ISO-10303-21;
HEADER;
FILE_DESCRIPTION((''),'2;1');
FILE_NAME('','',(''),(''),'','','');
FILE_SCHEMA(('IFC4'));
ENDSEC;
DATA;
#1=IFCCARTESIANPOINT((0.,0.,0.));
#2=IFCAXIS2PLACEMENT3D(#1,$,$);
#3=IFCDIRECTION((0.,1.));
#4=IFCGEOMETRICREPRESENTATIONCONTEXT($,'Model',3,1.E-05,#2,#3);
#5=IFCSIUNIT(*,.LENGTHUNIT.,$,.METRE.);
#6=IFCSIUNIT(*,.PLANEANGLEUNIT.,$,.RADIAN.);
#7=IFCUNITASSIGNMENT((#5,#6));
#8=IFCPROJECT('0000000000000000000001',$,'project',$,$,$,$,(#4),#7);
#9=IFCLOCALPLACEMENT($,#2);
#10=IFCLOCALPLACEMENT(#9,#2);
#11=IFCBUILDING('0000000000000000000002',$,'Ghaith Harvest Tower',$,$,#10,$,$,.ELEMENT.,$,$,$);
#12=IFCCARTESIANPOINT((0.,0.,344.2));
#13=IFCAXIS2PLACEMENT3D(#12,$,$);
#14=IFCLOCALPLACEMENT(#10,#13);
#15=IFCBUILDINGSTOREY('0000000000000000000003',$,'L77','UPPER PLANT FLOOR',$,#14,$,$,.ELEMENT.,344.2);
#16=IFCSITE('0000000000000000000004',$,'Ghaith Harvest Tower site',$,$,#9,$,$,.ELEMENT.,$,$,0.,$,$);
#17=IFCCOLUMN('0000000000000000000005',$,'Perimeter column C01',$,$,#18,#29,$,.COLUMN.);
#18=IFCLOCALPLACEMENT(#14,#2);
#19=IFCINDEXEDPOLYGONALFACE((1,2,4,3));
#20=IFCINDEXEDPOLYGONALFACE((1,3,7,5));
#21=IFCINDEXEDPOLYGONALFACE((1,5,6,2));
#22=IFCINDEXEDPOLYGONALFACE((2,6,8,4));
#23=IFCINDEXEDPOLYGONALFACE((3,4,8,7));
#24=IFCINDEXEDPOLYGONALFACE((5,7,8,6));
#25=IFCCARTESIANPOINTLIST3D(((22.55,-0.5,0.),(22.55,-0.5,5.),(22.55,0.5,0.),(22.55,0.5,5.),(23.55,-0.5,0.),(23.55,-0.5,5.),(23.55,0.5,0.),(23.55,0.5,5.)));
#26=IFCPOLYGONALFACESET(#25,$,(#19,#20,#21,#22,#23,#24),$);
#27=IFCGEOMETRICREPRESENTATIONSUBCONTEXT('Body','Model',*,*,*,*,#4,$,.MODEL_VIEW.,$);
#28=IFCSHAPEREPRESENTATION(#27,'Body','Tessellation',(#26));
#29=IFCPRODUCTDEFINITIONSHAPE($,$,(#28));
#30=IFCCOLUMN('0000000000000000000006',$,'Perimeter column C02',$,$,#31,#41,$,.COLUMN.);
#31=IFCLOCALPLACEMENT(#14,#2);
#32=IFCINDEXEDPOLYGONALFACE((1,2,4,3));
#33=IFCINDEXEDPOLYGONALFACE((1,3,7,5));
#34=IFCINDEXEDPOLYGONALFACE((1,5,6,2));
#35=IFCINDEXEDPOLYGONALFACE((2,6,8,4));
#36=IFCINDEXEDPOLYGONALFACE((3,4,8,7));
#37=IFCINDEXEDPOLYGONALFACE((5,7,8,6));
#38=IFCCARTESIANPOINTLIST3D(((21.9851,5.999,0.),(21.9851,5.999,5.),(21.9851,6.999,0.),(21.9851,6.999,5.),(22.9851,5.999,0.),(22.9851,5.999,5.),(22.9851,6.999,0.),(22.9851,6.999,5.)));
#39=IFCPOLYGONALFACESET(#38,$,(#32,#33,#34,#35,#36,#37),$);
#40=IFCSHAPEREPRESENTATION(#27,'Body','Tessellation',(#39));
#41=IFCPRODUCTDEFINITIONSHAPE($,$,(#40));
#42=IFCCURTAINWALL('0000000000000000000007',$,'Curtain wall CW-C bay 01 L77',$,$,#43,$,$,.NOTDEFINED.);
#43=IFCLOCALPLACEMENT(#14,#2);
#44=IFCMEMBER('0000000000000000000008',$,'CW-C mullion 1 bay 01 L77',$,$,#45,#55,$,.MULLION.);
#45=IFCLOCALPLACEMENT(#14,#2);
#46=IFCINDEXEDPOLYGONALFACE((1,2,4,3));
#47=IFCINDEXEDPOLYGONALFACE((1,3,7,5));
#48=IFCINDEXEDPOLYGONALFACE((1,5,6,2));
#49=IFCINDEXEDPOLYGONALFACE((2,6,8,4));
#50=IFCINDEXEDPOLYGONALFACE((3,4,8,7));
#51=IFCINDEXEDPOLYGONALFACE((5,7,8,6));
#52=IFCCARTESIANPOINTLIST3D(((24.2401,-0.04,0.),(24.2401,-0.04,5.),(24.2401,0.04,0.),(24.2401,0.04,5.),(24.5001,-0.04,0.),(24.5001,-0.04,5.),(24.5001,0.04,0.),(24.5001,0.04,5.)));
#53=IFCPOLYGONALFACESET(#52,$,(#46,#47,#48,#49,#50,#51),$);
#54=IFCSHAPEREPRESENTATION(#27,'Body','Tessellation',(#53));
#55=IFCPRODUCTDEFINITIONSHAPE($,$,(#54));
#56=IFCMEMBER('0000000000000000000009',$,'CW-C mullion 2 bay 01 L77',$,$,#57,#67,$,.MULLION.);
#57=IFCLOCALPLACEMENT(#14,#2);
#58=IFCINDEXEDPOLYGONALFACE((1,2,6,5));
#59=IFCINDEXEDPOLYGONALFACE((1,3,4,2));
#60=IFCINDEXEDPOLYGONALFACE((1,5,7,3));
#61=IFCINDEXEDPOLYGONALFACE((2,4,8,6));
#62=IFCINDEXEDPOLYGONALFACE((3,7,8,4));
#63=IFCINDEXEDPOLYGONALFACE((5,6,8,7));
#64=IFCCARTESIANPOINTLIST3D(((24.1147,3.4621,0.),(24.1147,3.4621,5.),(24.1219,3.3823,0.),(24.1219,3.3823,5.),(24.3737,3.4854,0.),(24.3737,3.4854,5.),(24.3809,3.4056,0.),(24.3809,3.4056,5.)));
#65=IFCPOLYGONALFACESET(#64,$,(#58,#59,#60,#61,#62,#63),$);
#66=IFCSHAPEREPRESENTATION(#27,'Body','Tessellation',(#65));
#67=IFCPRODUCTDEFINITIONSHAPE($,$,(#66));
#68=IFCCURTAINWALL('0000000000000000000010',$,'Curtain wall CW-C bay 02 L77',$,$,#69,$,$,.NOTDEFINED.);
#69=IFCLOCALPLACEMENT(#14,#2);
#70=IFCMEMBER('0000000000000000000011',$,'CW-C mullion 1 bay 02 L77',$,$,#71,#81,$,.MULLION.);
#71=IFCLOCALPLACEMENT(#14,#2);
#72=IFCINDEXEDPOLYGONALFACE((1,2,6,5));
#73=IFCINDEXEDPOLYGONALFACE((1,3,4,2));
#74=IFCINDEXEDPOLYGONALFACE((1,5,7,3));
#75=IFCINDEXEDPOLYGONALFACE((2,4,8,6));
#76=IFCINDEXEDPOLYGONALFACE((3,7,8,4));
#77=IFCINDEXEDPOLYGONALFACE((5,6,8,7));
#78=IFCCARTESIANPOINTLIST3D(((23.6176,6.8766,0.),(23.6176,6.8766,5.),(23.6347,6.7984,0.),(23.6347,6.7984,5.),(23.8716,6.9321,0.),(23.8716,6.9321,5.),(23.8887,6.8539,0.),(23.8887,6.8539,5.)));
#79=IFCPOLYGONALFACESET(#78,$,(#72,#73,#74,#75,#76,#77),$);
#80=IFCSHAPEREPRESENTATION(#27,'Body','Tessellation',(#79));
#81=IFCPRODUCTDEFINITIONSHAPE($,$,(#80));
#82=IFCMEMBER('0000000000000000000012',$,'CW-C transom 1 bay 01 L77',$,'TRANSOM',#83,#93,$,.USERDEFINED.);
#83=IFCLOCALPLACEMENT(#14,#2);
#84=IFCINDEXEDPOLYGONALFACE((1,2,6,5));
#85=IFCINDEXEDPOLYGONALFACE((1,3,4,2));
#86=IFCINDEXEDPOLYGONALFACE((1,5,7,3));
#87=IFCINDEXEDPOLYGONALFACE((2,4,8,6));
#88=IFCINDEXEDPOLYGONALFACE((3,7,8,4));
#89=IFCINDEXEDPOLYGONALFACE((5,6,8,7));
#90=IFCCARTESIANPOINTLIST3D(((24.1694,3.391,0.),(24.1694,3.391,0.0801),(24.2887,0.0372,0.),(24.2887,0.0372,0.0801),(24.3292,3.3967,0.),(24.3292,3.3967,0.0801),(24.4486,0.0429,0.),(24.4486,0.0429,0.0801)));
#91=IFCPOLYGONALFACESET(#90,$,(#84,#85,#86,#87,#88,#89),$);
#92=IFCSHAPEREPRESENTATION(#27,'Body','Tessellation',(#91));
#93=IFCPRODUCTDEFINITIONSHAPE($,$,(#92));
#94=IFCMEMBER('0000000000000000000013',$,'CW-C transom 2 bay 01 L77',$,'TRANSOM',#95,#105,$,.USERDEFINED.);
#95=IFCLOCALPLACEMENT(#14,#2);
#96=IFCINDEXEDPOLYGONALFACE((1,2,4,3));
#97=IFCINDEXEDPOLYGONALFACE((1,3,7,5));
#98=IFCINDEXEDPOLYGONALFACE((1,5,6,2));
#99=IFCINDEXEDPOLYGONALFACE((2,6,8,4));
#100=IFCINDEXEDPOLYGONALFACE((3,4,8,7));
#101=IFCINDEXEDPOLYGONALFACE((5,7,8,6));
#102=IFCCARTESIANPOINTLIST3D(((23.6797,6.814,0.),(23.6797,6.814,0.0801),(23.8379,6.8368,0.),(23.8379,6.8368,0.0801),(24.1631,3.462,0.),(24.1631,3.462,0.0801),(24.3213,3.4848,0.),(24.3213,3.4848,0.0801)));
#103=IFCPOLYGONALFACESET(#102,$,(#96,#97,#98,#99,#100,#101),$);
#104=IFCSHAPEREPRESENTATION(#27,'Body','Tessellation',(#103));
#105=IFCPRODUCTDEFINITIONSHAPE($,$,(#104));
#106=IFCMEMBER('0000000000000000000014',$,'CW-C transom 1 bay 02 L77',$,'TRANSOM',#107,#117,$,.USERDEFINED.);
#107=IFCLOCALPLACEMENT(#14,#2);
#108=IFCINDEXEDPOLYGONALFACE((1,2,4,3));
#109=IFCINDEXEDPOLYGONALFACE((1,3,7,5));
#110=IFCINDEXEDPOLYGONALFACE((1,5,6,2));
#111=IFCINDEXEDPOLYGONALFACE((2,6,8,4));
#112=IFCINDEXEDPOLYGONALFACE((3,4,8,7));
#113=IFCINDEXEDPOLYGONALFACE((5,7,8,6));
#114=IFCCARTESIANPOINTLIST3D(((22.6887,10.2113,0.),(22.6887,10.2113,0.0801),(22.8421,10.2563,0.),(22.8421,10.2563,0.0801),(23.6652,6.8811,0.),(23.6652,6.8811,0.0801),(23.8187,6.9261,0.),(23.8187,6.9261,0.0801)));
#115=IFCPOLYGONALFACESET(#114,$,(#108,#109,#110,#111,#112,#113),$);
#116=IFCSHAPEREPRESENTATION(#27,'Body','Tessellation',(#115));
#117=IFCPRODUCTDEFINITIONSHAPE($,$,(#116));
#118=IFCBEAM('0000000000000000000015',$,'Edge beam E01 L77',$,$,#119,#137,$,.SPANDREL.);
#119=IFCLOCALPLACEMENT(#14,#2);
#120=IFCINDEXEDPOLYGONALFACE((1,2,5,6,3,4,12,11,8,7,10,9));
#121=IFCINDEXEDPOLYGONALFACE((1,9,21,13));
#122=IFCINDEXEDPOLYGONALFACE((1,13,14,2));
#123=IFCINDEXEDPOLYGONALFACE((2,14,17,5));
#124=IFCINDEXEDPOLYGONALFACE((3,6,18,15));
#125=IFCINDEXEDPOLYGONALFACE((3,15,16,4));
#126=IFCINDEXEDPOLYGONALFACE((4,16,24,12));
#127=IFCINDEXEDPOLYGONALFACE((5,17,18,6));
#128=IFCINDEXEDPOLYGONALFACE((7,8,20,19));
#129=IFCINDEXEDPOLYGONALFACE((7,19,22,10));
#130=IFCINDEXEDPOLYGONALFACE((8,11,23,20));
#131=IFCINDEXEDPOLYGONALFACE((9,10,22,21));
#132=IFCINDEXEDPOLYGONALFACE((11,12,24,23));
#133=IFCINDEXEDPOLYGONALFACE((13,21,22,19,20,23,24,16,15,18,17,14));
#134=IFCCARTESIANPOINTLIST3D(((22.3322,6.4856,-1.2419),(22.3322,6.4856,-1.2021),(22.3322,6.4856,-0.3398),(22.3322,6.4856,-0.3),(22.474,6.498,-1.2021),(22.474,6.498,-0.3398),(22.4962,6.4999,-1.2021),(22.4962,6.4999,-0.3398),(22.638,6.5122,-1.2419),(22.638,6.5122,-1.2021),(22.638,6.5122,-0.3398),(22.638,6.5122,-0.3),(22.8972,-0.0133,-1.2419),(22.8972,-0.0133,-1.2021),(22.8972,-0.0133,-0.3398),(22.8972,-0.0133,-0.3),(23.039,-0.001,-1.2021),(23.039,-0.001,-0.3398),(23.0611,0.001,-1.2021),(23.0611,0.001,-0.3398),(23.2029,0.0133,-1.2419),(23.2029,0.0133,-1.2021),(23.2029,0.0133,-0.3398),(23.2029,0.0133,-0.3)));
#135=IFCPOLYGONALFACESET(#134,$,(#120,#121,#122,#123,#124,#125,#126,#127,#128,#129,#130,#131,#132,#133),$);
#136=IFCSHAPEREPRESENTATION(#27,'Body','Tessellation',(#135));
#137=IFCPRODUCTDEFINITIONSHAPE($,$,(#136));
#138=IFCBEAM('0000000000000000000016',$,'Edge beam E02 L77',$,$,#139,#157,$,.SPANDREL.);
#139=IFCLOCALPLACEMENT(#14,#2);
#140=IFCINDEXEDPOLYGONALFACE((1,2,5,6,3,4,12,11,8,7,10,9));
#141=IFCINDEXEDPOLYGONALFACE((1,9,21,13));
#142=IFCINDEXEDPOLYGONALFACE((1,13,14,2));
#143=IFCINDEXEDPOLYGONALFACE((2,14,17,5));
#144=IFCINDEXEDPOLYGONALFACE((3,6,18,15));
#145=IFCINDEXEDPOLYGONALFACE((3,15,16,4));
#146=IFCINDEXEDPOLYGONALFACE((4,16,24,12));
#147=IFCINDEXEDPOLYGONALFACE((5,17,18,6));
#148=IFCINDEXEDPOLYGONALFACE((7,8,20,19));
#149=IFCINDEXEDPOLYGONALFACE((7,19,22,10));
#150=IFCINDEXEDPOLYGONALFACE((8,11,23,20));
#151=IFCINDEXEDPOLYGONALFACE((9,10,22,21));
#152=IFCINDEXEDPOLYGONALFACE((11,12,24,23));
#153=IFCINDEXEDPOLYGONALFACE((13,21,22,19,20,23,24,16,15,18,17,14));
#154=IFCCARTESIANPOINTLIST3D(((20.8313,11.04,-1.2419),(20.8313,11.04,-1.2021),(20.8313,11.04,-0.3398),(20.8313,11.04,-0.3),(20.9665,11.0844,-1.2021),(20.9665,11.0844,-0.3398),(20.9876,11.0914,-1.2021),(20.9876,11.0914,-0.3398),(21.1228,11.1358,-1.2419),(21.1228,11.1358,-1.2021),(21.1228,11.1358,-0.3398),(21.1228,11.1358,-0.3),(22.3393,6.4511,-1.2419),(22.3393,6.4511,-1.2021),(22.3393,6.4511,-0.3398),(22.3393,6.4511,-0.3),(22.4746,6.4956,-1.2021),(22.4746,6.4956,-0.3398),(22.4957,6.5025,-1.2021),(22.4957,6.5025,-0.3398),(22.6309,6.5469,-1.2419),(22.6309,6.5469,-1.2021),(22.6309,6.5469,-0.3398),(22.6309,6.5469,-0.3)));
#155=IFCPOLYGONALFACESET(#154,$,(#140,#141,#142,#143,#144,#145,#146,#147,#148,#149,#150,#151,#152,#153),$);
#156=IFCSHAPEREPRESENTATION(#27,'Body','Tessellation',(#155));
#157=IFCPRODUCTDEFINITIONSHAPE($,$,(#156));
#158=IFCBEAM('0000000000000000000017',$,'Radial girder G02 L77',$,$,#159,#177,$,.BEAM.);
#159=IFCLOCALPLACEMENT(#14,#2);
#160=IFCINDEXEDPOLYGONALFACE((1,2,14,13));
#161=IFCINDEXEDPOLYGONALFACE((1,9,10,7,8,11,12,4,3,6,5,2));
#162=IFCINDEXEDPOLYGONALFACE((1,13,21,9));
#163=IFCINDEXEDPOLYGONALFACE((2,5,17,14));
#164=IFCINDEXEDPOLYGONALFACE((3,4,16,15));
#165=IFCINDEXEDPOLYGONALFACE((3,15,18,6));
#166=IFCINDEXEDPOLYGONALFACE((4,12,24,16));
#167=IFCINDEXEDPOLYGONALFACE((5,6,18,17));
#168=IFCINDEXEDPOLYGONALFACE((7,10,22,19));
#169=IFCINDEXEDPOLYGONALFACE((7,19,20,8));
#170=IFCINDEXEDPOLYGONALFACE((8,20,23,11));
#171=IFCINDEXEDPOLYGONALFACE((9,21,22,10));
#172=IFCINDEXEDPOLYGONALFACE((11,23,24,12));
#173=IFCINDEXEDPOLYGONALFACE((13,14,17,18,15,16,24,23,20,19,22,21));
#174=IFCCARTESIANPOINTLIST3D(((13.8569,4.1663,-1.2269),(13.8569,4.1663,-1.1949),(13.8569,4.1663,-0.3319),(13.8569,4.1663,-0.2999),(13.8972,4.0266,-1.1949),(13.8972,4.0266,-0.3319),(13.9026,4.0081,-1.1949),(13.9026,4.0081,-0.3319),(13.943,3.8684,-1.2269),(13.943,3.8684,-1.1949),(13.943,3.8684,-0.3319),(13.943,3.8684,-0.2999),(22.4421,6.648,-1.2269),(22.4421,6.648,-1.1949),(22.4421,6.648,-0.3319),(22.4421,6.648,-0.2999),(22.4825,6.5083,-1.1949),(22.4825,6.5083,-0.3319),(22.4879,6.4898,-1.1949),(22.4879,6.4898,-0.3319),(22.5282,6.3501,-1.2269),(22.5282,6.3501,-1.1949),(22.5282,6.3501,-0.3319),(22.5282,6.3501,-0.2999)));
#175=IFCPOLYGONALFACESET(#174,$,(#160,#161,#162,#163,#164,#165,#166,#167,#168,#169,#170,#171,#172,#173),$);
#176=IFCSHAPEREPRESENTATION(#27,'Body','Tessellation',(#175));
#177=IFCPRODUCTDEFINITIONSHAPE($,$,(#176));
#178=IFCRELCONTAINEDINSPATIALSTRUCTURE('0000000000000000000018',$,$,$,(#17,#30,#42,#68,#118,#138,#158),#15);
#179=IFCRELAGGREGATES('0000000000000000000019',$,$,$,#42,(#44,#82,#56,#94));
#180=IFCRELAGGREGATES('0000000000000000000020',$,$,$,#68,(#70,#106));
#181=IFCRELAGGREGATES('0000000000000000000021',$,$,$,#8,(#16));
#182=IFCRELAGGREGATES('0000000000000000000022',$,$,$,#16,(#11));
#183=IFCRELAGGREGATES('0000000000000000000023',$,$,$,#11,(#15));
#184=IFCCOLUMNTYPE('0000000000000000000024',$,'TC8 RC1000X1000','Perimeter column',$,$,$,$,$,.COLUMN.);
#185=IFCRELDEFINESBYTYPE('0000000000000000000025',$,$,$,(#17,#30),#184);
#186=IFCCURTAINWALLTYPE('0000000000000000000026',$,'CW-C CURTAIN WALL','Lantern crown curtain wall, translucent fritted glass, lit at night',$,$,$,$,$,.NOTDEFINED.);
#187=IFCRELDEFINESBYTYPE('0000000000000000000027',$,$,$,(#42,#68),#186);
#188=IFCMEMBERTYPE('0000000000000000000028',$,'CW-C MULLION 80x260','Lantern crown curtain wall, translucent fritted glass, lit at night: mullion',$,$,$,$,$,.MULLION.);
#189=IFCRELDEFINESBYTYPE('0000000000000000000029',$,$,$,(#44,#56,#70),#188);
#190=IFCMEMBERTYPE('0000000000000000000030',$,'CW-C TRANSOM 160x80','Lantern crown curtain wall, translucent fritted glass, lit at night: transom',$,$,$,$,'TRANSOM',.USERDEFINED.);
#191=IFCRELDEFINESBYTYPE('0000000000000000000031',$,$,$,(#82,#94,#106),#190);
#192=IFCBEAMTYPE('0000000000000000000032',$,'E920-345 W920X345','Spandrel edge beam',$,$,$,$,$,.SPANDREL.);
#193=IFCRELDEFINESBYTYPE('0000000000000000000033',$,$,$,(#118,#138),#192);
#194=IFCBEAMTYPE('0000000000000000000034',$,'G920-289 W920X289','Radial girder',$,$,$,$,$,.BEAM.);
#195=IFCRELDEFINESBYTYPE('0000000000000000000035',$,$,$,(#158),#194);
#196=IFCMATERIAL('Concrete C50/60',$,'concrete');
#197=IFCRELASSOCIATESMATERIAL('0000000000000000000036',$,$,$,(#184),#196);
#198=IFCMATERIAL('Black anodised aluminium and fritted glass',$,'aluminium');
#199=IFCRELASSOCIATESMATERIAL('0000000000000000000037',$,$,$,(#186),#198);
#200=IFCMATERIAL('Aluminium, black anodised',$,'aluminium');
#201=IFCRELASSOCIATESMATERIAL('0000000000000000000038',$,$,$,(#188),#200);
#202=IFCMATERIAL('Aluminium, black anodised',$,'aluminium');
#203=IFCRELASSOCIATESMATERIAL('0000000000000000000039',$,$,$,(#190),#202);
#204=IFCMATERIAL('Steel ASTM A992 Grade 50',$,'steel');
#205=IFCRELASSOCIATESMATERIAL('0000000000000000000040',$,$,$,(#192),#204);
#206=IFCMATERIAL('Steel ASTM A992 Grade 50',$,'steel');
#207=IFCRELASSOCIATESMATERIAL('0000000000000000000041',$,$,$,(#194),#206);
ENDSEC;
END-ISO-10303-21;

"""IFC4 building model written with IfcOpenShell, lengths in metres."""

from ifc_helpers import new_model, si_unit, direction, frame, origin, origin_2d, place, context, subcontext, project, spatial, rectangle, i_section, extrude, material, material_profile, profile_set, type_object, element, aggregate, save


model = new_model("IFC4")

# Units and contexts
model_context = context("Model", 3, precision=1e-05, world=origin(), true_north=direction((0.0, 1.0)))
body_context = subcontext(model_context, "Body", "Model", "MODEL_VIEW")
ifc_project = project(units=[si_unit("LENGTHUNIT", "METRE"), si_unit("PLANEANGLEUNIT", "RADIAN")], contexts=[model_context])

# Site, building, storey
site_placement = place(None, origin())
site = spatial("IfcSite", under=ifc_project, at=site_placement, Name="Ghaith Harvest Tower site", CompositionType="ELEMENT", RefElevation=0.0)
building_placement = place(site_placement, origin())
building = spatial("IfcBuilding", under=site, at=building_placement, Name="Ghaith Harvest Tower", CompositionType="ELEMENT")
storey_placement = place(building_placement, frame((0.0, 0.0, 344.2)))
storey = spatial("IfcBuildingStorey", under=building, at=storey_placement, Name="L77", Description="UPPER PLANT FLOOR", CompositionType="ELEMENT", Elevation=344.2)

# Columns
ifc_material_1 = material(Name="Concrete C50/60", Category="concrete")
ifc_material_profile_1 = material_profile(ifc_material_1, rectangle(XDim=1.0, YDim=1.0, at=origin_2d()), Name="RC1000X1000")
ifc_profile_set_1 = profile_set([ifc_material_profile_1], Name="Concrete C50/60")
column_type = type_object("IfcColumnType", Name="TC8 RC1000X1000", Description="Perimeter column", PredefinedType="COLUMN", material=ifc_profile_set_1)
for number, where, z_axis, x_axis, name in (
    (1, (23.05, 0.0, 0.0), (0.0, 0.0, 1.0), (1.0, 0.0, 0.0), "Perimeter column C01"),
    (2, (22.4851, 6.499, 0.0), (0.0, 0.0, 1.0), (1.0, 0.0, 0.0), "Perimeter column C02"),
):
    element("IfcColumn", number, at=place(storey_placement, frame(where, z_axis=z_axis, x_axis=x_axis)), inside=storey, type_object=column_type, Name=name, PredefinedType="COLUMN", context=body_context, shape_type="SweptSolid", body=[
        extrude(rectangle(XDim=1.0, YDim=1.0, at=origin_2d()), origin(), (0.0, 0.0, 1.0), 5.0),
    ])

# Curtain wall, members
ifc_material_2 = material(Name="Black anodised aluminium and fritted glass", Category="aluminium")
curtain_wall_type = type_object("IfcCurtainWallType", Name="CW-C CURTAIN WALL", Description="Lantern crown curtain wall, translucent fritted glass, lit at night", PredefinedType="NOTDEFINED", material=ifc_material_2)
curtain_wall_1_placement = place(storey_placement, origin())
curtain_wall_1 = element("IfcCurtainWall", 3, at=curtain_wall_1_placement, inside=storey, type_object=curtain_wall_type, Name="Curtain wall CW-C bay 01 L77", PredefinedType="NOTDEFINED")
ifc_material_3 = material(Name="Aluminium, black anodised", Category="aluminium")
ifc_material_profile_2 = material_profile(ifc_material_3, rectangle(XDim=0.0801, YDim=0.26, at=origin_2d()), Name="CW-C MULLION 80x260")
ifc_profile_set_2 = profile_set([ifc_material_profile_2], Name="Aluminium, black anodised")
member_type_1 = type_object("IfcMemberType", Name="CW-C MULLION 80x260", Description="Lantern crown curtain wall, translucent fritted glass, lit at night: mullion", PredefinedType="MULLION", material=ifc_profile_set_2)
member_1_placement = place(storey_placement, frame((24.3701, 0.0, 0.0), z_axis=(0.0, 0.0, 1.0), x_axis=(0.0, 1.0, 0.0)))
member_1 = element("IfcMember", 4, at=member_1_placement, type_object=member_type_1, Name="CW-C mullion 1 bay 01 L77", PredefinedType="MULLION", context=body_context, shape_type="SweptSolid", body=[
    extrude(rectangle(XDim=0.0801, YDim=0.26, at=origin_2d()), origin(), (0.0, 0.0, 1.0), 5.0),
])
member_2_placement = place(storey_placement, frame((24.2478, 3.4338, 0.0), z_axis=(0.0, 0.0, 1.0), x_axis=(-0.089502, 0.995987, 0.0)))
member_2 = element("IfcMember", 5, at=member_2_placement, type_object=member_type_1, Name="CW-C mullion 2 bay 01 L77", PredefinedType="MULLION", context=body_context, shape_type="SweptSolid", body=[
    extrude(rectangle(XDim=0.0801, YDim=0.26, at=origin_2d()), origin(), (0.0, 0.0, 1.0), 5.0),
])

# Curtain wall, member
curtain_wall_2_placement = place(storey_placement, origin())
curtain_wall_2 = element("IfcCurtainWall", 6, at=curtain_wall_2_placement, inside=storey, type_object=curtain_wall_type, Name="Curtain wall CW-C bay 02 L77", PredefinedType="NOTDEFINED")
member_3_placement = place(storey_placement, frame((23.7532, 6.8652, 0.0), z_axis=(0.0, 0.0, 1.0), x_axis=(-0.213402, 0.976964, 0.0)))
member_3 = element("IfcMember", 7, at=member_3_placement, type_object=member_type_1, Name="CW-C mullion 1 bay 02 L77", PredefinedType="MULLION", context=body_context, shape_type="SweptSolid", body=[
    extrude(rectangle(XDim=0.0801, YDim=0.26, at=origin_2d()), origin(), (0.0, 0.0, 1.0), 5.0),
])

# Members
ifc_material_4 = material(Name="Aluminium, black anodised", Category="aluminium")
ifc_material_profile_3 = material_profile(ifc_material_4, rectangle(XDim=0.1599, YDim=0.0801, at=origin_2d()), Name="CW-C TRANSOM 160x80")
ifc_profile_set_3 = profile_set([ifc_material_profile_3], Name="Aluminium, black anodised")
member_type_2 = type_object("IfcMemberType", Name="CW-C TRANSOM 160x80", Description="Lantern crown curtain wall, translucent fritted glass, lit at night: transom", ElementType="TRANSOM", PredefinedType="USERDEFINED", material=ifc_profile_set_3)
member_4_placement = place(storey_placement, frame((24.3687, 0.04, 0.04), z_axis=(-0.035575, 0.999367, 0.0), x_axis=(-0.999367, -0.035575, 0.0)))
member_4 = element("IfcMember", 8, at=member_4_placement, type_object=member_type_2, Name="CW-C transom 1 bay 01 L77", ObjectType="TRANSOM", PredefinedType="USERDEFINED", context=body_context, shape_type="SweptSolid", body=[
    extrude(rectangle(XDim=0.1599, YDim=0.0801, at=origin_2d()), origin(), (0.0, 0.0, 1.0), 3.356),
])
member_5_placement = place(storey_placement, frame((24.2422, 3.4734, 0.04), z_axis=(-0.142733, 0.989761, 0.0), x_axis=(-0.989761, -0.142733, 0.0)))
member_5 = element("IfcMember", 9, at=member_5_placement, type_object=member_type_2, Name="CW-C transom 2 bay 01 L77", ObjectType="TRANSOM", PredefinedType="USERDEFINED", context=body_context, shape_type="SweptSolid", body=[
    extrude(rectangle(XDim=0.1599, YDim=0.0801, at=origin_2d()), origin(), (0.0, 0.0, 1.0), 3.3867),
])
member_6_placement = place(storey_placement, frame((23.7419, 6.9036, 0.04), z_axis=(-0.281385, 0.959595, 0.0), x_axis=(-0.959595, -0.281385, 0.0)))
member_6 = element("IfcMember", 10, at=member_6_placement, type_object=member_type_2, Name="CW-C transom 1 bay 02 L77", ObjectType="TRANSOM", PredefinedType="USERDEFINED", context=body_context, shape_type="SweptSolid", body=[
    extrude(rectangle(XDim=0.1599, YDim=0.0801, at=origin_2d()), origin(), (0.0, 0.0, 1.0), 3.4705),
])

# Beams
ifc_material_5 = material(Name="Steel ASTM A992 Grade 50", Category="steel")
ifc_material_profile_4 = material_profile(ifc_material_5, i_section(OverallWidth=0.3069, OverallDepth=0.9419, WebThickness=0.0222, FlangeThickness=0.0398, at=origin_2d()), Name="W920X345")
ifc_profile_set_4 = profile_set([ifc_material_profile_4], Name="Steel ASTM A992 Grade 50")
beam_type_1 = type_object("IfcBeamType", Name="E920-345 W920X345", Description="Spandrel edge beam", PredefinedType="SPANDREL", material=ifc_profile_set_4)
beam_1_placement = place(storey_placement, frame((23.05, 0.0, -0.771), z_axis=(-0.086601, 0.996243, 0.0), x_axis=(-0.996243, -0.086601, 0.0)))
element("IfcBeam", 11, at=beam_1_placement, inside=storey, type_object=beam_type_1, Name="Edge beam E01 L77", PredefinedType="SPANDREL", context=body_context, shape_type="SweptSolid", body=[
    extrude(i_section(OverallWidth=0.3069, OverallDepth=0.9419, WebThickness=0.0222, FlangeThickness=0.0398, at=origin_2d()), origin(), (0.0, 0.0, 1.0), 6.5234),
])
beam_2_placement = place(storey_placement, frame((22.4851, 6.499, -0.771), z_axis=(-0.312207, 0.950014, 0.0), x_axis=(-0.950014, -0.312207, 0.0)))
element("IfcBeam", 12, at=beam_2_placement, inside=storey, type_object=beam_type_1, Name="Edge beam E02 L77", PredefinedType="SPANDREL", context=body_context, shape_type="SweptSolid", body=[
    extrude(i_section(OverallWidth=0.3069, OverallDepth=0.9419, WebThickness=0.0222, FlangeThickness=0.0398, at=origin_2d()), origin(), (0.0, 0.0, 1.0), 4.8303),
])
ifc_material_6 = material(Name="Steel ASTM A992 Grade 50", Category="steel")
ifc_material_profile_5 = material_profile(ifc_material_6, i_section(OverallWidth=0.3101, OverallDepth=0.927, WebThickness=0.0193, FlangeThickness=0.032, at=origin_2d()), Name="W920X289")
ifc_profile_set_5 = profile_set([ifc_material_profile_5], Name="Steel ASTM A992 Grade 50")
beam_type_2 = type_object("IfcBeamType", Name="G920-289 W920X289", Description="Radial girder", PredefinedType="BEAM", material=ifc_profile_set_5)
beam_3_placement = place(storey_placement, frame((13.8999, 4.0173, -0.7634), z_axis=(0.960669, 0.277697, 0.0), x_axis=(-0.277697, 0.960669, 0.0)))
element("IfcBeam", 13, at=beam_3_placement, inside=storey, type_object=beam_type_2, Name="Radial girder G02 L77", PredefinedType="BEAM", context=body_context, shape_type="SweptSolid", body=[
    extrude(i_section(OverallWidth=0.3101, OverallDepth=0.927, WebThickness=0.0193, FlangeThickness=0.032, at=origin_2d()), origin(), (0.0, 0.0, 1.0), 8.9368),
])

aggregate(curtain_wall_1, [member_1, member_4, member_2, member_5])
aggregate(curtain_wall_2, [member_3, member_6])

save(model, "model.ifc")
